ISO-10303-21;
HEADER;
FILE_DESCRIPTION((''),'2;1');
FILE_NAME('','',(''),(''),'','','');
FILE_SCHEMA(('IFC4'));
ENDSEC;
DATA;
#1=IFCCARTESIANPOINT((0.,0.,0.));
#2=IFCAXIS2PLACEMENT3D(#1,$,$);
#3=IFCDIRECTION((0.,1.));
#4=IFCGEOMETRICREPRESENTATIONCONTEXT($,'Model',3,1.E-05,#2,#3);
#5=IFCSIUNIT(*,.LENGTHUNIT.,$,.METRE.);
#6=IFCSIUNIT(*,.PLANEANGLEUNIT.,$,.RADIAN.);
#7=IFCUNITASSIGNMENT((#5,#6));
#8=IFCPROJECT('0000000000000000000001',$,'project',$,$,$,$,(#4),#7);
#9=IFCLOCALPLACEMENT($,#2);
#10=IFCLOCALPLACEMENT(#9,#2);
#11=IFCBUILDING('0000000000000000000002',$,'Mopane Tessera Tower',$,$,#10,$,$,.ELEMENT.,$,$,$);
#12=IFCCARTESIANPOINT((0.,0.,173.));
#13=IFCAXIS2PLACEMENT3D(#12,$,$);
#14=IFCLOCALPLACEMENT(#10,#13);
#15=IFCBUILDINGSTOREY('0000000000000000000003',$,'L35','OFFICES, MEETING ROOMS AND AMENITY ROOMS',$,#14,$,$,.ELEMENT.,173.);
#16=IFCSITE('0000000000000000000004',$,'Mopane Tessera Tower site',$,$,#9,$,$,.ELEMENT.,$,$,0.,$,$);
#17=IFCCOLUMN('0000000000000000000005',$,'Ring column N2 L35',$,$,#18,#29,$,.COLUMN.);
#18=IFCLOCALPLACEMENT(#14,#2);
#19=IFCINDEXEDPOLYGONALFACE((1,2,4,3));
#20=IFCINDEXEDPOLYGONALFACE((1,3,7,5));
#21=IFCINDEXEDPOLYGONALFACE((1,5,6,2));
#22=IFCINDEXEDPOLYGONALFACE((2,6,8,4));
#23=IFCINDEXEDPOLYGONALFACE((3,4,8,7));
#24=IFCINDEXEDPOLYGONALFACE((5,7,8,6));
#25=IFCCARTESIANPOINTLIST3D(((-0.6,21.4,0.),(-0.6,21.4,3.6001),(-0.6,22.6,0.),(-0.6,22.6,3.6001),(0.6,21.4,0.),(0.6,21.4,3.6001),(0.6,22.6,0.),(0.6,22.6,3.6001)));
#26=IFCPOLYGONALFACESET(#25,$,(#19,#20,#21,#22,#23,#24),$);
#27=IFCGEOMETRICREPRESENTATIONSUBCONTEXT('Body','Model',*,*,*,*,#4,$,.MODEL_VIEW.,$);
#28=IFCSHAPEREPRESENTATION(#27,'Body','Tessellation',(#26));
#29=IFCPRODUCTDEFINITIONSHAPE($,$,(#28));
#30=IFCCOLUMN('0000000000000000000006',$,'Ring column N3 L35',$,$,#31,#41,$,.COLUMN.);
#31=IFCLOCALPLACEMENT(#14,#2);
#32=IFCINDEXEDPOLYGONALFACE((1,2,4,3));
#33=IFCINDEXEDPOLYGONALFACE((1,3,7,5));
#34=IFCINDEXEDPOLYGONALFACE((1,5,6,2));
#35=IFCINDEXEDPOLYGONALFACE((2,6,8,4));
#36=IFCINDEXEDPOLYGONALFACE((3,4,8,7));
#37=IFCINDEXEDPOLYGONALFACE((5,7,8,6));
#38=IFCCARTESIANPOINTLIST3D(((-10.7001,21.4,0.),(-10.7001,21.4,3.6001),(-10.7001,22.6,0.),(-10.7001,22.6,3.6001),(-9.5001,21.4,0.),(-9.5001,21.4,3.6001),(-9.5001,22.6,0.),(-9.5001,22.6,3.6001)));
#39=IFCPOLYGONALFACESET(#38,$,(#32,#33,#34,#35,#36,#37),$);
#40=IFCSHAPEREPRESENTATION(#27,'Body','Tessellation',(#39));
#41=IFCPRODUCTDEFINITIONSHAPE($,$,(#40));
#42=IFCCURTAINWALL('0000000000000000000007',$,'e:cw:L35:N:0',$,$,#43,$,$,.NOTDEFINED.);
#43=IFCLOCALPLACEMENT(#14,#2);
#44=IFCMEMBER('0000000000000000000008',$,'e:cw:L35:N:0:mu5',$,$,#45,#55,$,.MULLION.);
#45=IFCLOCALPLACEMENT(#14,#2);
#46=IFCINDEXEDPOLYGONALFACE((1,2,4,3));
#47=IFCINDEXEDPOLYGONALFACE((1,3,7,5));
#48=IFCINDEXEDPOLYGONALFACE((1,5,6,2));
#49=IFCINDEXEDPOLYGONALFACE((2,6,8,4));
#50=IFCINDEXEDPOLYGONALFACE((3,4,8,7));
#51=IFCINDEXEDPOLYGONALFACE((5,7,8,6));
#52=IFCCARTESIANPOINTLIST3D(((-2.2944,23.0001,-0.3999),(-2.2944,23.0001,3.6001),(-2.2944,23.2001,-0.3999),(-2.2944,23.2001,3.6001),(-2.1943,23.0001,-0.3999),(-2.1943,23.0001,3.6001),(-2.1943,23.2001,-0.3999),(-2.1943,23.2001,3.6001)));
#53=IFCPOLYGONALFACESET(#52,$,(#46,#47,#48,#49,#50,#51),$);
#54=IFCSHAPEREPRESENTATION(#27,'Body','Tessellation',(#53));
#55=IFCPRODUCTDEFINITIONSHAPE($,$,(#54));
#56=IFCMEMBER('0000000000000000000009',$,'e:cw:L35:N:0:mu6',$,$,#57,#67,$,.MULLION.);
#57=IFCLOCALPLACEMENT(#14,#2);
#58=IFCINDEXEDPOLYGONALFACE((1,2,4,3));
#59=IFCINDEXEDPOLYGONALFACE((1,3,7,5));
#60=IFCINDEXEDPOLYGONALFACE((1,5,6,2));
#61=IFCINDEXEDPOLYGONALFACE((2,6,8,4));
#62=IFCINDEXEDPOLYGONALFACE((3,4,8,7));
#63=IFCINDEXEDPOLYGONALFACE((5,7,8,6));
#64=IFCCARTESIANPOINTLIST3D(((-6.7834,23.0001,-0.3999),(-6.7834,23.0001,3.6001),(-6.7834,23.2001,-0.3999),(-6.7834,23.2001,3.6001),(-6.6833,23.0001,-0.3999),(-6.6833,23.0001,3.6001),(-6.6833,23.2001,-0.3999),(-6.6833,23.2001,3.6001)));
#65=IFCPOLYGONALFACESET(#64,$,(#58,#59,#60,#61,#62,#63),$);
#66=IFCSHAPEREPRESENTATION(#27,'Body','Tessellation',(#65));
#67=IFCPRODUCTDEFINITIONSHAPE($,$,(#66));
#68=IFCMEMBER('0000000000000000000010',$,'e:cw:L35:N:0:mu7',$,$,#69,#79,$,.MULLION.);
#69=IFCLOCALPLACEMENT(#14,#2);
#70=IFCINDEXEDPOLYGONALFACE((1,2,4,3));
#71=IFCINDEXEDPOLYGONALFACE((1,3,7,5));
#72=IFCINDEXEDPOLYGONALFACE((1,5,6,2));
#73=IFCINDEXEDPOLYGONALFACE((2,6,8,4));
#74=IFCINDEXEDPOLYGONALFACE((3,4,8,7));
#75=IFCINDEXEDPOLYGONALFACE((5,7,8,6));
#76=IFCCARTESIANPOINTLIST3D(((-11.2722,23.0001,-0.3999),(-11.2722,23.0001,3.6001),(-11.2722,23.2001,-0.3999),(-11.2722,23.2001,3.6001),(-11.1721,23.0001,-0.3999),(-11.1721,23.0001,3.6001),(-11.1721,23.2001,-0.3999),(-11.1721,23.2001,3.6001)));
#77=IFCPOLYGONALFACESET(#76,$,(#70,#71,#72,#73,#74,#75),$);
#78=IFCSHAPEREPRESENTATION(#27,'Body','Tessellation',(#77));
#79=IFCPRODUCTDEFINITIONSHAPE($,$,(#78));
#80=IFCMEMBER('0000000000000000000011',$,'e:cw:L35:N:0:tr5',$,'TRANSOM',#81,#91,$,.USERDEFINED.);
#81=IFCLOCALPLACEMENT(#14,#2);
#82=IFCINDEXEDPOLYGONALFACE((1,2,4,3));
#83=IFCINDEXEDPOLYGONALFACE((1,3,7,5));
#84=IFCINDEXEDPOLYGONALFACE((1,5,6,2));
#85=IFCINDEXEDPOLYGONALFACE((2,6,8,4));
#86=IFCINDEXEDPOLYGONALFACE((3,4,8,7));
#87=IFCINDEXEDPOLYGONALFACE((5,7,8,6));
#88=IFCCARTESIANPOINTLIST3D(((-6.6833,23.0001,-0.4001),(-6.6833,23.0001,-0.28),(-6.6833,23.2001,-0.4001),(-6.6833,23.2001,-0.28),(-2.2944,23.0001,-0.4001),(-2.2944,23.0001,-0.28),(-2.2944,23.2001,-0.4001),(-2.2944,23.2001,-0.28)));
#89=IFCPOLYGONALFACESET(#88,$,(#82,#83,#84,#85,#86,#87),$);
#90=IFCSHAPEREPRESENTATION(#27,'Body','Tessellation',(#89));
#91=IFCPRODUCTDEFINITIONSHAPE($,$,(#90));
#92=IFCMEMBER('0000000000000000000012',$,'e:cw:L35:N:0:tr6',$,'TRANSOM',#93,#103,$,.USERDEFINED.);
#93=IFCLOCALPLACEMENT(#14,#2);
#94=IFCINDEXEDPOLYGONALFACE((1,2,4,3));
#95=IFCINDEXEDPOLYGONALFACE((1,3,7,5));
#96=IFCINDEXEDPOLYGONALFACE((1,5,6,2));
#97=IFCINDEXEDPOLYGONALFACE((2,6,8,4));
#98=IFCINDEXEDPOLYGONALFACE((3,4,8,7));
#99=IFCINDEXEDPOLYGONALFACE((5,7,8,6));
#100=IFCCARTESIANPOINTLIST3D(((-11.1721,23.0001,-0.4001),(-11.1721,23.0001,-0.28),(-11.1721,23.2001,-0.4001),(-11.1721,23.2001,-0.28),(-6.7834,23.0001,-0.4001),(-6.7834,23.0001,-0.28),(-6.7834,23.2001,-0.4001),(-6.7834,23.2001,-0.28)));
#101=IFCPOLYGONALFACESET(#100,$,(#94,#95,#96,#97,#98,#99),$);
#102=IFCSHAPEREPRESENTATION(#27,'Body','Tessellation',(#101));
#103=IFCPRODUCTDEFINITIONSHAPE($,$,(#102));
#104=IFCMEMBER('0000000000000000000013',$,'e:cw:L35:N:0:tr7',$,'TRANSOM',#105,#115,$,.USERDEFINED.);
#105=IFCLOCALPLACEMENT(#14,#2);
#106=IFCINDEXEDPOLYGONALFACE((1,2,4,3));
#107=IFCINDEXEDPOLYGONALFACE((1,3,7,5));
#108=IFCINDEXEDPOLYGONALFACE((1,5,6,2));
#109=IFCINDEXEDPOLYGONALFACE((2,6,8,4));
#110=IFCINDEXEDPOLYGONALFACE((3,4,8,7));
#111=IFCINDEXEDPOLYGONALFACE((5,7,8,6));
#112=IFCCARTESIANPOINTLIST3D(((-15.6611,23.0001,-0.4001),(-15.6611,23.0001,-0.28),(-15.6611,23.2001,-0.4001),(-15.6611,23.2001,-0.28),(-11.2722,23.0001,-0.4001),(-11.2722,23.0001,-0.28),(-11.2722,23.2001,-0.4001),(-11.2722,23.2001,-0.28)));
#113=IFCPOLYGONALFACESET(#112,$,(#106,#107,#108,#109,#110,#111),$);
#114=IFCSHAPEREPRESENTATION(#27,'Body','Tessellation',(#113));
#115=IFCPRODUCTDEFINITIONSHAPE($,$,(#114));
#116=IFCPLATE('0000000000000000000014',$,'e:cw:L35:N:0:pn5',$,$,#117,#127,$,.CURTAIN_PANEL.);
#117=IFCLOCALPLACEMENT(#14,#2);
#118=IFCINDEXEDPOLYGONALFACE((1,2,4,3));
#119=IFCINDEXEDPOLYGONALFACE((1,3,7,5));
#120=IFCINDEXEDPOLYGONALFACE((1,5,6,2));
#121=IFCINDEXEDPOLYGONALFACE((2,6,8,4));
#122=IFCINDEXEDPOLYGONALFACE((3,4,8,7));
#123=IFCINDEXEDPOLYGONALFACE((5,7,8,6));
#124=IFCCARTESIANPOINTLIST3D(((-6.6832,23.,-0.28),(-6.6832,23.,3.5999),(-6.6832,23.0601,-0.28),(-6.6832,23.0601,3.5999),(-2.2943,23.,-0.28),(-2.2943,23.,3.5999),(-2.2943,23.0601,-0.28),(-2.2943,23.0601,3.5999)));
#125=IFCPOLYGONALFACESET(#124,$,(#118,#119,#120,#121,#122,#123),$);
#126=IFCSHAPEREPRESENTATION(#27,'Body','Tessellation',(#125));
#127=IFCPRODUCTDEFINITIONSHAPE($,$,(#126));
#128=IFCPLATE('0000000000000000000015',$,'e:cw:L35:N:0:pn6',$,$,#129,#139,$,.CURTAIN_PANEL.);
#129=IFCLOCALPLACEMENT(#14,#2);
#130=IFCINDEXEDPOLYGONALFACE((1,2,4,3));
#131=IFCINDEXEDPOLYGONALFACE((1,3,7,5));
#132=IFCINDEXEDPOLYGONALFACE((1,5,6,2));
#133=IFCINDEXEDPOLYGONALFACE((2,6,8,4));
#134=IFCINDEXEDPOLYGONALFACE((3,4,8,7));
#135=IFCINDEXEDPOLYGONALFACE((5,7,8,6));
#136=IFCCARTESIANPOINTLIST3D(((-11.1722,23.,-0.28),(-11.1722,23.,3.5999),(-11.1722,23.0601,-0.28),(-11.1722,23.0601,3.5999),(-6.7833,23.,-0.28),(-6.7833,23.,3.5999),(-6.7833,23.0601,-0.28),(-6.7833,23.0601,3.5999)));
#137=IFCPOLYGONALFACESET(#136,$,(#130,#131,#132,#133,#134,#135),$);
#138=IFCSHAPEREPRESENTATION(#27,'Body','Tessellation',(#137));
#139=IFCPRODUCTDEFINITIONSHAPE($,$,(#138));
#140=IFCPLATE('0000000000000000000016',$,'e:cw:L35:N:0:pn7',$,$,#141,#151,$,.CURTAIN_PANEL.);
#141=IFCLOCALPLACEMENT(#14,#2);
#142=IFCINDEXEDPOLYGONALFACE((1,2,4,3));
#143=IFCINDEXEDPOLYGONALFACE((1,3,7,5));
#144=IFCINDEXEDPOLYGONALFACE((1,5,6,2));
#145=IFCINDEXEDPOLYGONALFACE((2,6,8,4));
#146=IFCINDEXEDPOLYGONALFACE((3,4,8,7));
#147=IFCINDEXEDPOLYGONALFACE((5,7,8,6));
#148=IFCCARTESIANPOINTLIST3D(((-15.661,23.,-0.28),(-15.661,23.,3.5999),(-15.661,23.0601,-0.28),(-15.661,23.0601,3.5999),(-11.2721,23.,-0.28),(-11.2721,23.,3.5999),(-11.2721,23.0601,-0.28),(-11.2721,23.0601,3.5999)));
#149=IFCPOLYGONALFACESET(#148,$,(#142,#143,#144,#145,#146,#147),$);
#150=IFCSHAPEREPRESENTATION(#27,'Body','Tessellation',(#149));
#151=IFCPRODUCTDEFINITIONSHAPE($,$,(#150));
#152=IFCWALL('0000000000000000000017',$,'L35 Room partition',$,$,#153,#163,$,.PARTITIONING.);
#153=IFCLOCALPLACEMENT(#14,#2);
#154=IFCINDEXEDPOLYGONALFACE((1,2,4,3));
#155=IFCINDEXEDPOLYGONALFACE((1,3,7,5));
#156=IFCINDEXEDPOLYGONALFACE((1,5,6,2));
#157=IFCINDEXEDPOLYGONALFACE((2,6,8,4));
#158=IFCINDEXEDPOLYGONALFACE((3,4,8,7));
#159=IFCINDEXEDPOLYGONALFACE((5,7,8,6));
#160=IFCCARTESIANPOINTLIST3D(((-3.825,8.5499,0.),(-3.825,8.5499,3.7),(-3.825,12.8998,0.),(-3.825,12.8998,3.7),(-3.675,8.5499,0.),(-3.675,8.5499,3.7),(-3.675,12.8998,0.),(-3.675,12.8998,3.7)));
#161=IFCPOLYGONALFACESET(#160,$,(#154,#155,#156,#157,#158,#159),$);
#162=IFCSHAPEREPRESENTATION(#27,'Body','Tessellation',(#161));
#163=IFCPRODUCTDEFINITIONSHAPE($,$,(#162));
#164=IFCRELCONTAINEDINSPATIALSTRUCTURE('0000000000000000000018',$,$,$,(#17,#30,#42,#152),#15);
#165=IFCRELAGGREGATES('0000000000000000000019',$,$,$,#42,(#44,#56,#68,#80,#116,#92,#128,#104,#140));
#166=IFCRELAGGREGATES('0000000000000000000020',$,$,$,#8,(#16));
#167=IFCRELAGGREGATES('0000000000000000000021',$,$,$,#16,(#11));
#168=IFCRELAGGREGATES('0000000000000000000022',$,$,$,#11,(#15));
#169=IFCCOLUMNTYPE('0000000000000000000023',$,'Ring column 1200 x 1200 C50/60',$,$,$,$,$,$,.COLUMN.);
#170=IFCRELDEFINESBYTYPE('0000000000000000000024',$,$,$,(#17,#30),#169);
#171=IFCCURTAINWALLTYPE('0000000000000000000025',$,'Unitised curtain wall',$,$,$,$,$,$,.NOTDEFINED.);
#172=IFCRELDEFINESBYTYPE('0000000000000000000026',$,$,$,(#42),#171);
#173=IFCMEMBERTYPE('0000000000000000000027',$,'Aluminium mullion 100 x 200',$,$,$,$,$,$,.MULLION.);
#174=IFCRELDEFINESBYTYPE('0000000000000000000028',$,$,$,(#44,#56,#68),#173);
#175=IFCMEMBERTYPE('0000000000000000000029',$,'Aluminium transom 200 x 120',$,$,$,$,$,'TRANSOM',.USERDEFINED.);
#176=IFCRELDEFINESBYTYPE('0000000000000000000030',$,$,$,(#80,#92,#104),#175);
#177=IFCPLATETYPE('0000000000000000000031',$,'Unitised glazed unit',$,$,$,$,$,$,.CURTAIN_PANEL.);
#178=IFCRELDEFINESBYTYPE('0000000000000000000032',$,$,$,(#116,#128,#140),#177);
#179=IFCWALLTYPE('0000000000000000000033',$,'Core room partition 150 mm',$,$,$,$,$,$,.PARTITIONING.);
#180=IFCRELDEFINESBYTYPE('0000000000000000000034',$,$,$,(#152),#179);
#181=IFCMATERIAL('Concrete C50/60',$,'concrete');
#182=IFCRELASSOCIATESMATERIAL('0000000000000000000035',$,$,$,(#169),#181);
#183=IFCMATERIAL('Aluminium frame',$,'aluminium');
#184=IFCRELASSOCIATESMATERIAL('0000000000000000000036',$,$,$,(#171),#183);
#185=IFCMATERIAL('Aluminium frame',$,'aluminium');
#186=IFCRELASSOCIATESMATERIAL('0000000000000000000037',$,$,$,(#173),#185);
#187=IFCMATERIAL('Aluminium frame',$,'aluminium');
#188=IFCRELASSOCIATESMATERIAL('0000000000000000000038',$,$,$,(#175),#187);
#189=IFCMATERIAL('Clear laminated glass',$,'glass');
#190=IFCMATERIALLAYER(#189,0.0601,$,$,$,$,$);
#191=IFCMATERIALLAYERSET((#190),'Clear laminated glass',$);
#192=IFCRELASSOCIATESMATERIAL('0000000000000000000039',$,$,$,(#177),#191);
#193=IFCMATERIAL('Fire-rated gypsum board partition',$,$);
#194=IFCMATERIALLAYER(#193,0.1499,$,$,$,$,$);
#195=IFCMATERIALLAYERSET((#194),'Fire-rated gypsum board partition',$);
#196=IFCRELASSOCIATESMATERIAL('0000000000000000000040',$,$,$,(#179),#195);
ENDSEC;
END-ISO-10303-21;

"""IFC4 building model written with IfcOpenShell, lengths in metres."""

from ifc_helpers import new_model, si_unit, direction, frame, frame_2d, origin, origin_2d, place, context, subcontext, project, spatial, rectangle, extrude, material, layer, layer_set, material_profile, profile_set, type_object, element, aggregate, save


model = new_model("IFC4")

# Units and contexts
model_context = context("Model", 3, precision=1e-05, world=origin(), true_north=direction((0.0, 1.0)))
body_context = subcontext(model_context, "Body", "Model", "MODEL_VIEW")
ifc_project = project(units=[si_unit("LENGTHUNIT", "METRE"), si_unit("PLANEANGLEUNIT", "RADIAN")], contexts=[model_context])

# Site, building, storey
site_placement = place(None, origin())
site = spatial("IfcSite", under=ifc_project, at=site_placement, Name="Mopane Tessera Tower site", CompositionType="ELEMENT", RefElevation=0.0)
building_placement = place(site_placement, origin())
building = spatial("IfcBuilding", under=site, at=building_placement, Name="Mopane Tessera Tower", CompositionType="ELEMENT")
storey_placement = place(building_placement, frame((0.0, 0.0, 173.0)))
storey = spatial("IfcBuildingStorey", under=building, at=storey_placement, Name="L35", Description="OFFICES, MEETING ROOMS AND AMENITY ROOMS", CompositionType="ELEMENT", Elevation=173.0)

# Columns
ifc_material_1 = material(Name="Concrete C50/60", Category="concrete")
ifc_material_profile_1 = material_profile(ifc_material_1, rectangle(XDim=1.2, YDim=1.2, at=origin_2d()))
ifc_profile_set_1 = profile_set([ifc_material_profile_1], Name="Concrete C50/60")
column_type = type_object("IfcColumnType", Name="Ring column 1200 x 1200 C50/60", PredefinedType="COLUMN", material=ifc_profile_set_1)
for number, where, z_axis, x_axis, name in (
    (1, (0.0, 22.0, 0.0), (0.0, 0.0, 1.0), (1.0, 0.0, 0.0), "Ring column N2 L35"),
    (2, (-10.1001, 22.0, 0.0), (0.0, 0.0, 1.0), (1.0, 0.0, 0.0), "Ring column N3 L35"),
):
    element("IfcColumn", number, at=place(storey_placement, frame(where, z_axis=z_axis, x_axis=x_axis)), inside=storey, type_object=column_type, Name=name, PredefinedType="COLUMN", context=body_context, shape_type="SweptSolid", body=[
        extrude(rectangle(XDim=1.2, YDim=1.2, at=origin_2d()), origin(), (0.0, 0.0, 1.0), 3.6001),
    ])

# Curtain wall, members, plates
ifc_material_2 = material(Name="Aluminium frame", Category="aluminium")
curtain_wall_type = type_object("IfcCurtainWallType", Name="Unitised curtain wall", PredefinedType="NOTDEFINED", material=ifc_material_2)
curtain_wall_placement = place(storey_placement, origin())
curtain_wall = element("IfcCurtainWall", 3, at=curtain_wall_placement, inside=storey, type_object=curtain_wall_type, Name="e:cw:L35:N:0", PredefinedType="NOTDEFINED")
ifc_material_3 = material(Name="Aluminium frame", Category="aluminium")
ifc_material_profile_2 = material_profile(ifc_material_3, rectangle(XDim=0.1001, YDim=0.2, at=origin_2d()))
ifc_profile_set_2 = profile_set([ifc_material_profile_2], Name="Aluminium frame")
member_type_1 = type_object("IfcMemberType", Name="Aluminium mullion 100 x 200", PredefinedType="MULLION", material=ifc_profile_set_2)
member_1_placement = place(storey_placement, frame((-2.2444, 23.1001, -0.3999), z_axis=(0.0, 0.0, 1.0), x_axis=(-1.0, 0.0, 0.0)))
member_1 = element("IfcMember", 4, at=member_1_placement, type_object=member_type_1, Name="e:cw:L35:N:0:mu5", PredefinedType="MULLION", context=body_context, shape_type="SweptSolid", body=[
    extrude(rectangle(XDim=0.1001, YDim=0.2, at=origin_2d()), origin(), (0.0, 0.0, 1.0), 4.0),
])
member_2_placement = place(storey_placement, frame((-6.7334, 23.1001, -0.3999), z_axis=(0.0, 0.0, 1.0), x_axis=(-1.0, 0.0, 0.0)))
member_2 = element("IfcMember", 5, at=member_2_placement, type_object=member_type_1, Name="e:cw:L35:N:0:mu6", PredefinedType="MULLION", context=body_context, shape_type="SweptSolid", body=[
    extrude(rectangle(XDim=0.1001, YDim=0.2, at=origin_2d()), origin(), (0.0, 0.0, 1.0), 4.0),
])
member_3_placement = place(storey_placement, frame((-11.2222, 23.1001, -0.3999), z_axis=(0.0, 0.0, 1.0), x_axis=(-1.0, 0.0, 0.0)))
member_3 = element("IfcMember", 6, at=member_3_placement, type_object=member_type_1, Name="e:cw:L35:N:0:mu7", PredefinedType="MULLION", context=body_context, shape_type="SweptSolid", body=[
    extrude(rectangle(XDim=0.1001, YDim=0.2, at=origin_2d()), origin(), (0.0, 0.0, 1.0), 4.0),
])
ifc_material_4 = material(Name="Aluminium frame", Category="aluminium")
ifc_material_profile_3 = material_profile(ifc_material_4, rectangle(XDim=0.2, YDim=0.1201, at=origin_2d()))
ifc_profile_set_3 = profile_set([ifc_material_profile_3], Name="Aluminium frame")
member_type_2 = type_object("IfcMemberType", Name="Aluminium transom 200 x 120", ElementType="TRANSOM", PredefinedType="USERDEFINED", material=ifc_profile_set_3)
member_4_placement = place(storey_placement, frame((-2.2944, 23.1001, -0.3401), z_axis=(-1.0, 0.0, 0.0), x_axis=(0.0, -1.0, 0.0)))
member_4 = element("IfcMember", 7, at=member_4_placement, type_object=member_type_2, Name="e:cw:L35:N:0:tr5", ObjectType="TRANSOM", PredefinedType="USERDEFINED", context=body_context, shape_type="SweptSolid", body=[
    extrude(rectangle(XDim=0.2, YDim=0.1201, at=origin_2d()), origin(), (0.0, 0.0, 1.0), 4.3889),
])
member_5_placement = place(storey_placement, frame((-6.7834, 23.1001, -0.3401), z_axis=(-1.0, 0.0, 0.0), x_axis=(0.0, -1.0, 0.0)))
member_5 = element("IfcMember", 8, at=member_5_placement, type_object=member_type_2, Name="e:cw:L35:N:0:tr6", ObjectType="TRANSOM", PredefinedType="USERDEFINED", context=body_context, shape_type="SweptSolid", body=[
    extrude(rectangle(XDim=0.2, YDim=0.1201, at=origin_2d()), origin(), (0.0, 0.0, 1.0), 4.3887),
])
member_6_placement = place(storey_placement, frame((-11.2722, 23.1001, -0.3401), z_axis=(-1.0, 0.0, 0.0), x_axis=(0.0, -1.0, 0.0)))
member_6 = element("IfcMember", 9, at=member_6_placement, type_object=member_type_2, Name="e:cw:L35:N:0:tr7", ObjectType="TRANSOM", PredefinedType="USERDEFINED", context=body_context, shape_type="SweptSolid", body=[
    extrude(rectangle(XDim=0.2, YDim=0.1201, at=origin_2d()), origin(), (0.0, 0.0, 1.0), 4.3889),
])
ifc_material_5 = material(Name="Clear laminated glass", Category="glass")
ifc_layer_1 = layer(ifc_material_5, 0.0601)
ifc_layer_set_1 = layer_set([ifc_layer_1], Name="Clear laminated glass")
plate_type = type_object("IfcPlateType", Name="Unitised glazed unit", PredefinedType="CURTAIN_PANEL", material=ifc_layer_set_1)
plate_1_placement = place(storey_placement, frame((-4.4888, 23.03, -0.28), z_axis=(0.0, 0.0, 1.0), x_axis=(-1.0, 0.0, 0.0)))
plate_1 = element("IfcPlate", 10, at=plate_1_placement, type_object=plate_type, Name="e:cw:L35:N:0:pn5", PredefinedType="CURTAIN_PANEL", context=body_context, shape_type="SweptSolid", body=[
    extrude(rectangle(XDim=4.3889, YDim=0.0601, at=origin_2d()), origin(), (0.0, 0.0, 1.0), 3.8799),
])
plate_2_placement = place(storey_placement, frame((-8.9778, 23.03, -0.28), z_axis=(0.0, 0.0, 1.0), x_axis=(-1.0, 0.0, 0.0)))
plate_2 = element("IfcPlate", 11, at=plate_2_placement, type_object=plate_type, Name="e:cw:L35:N:0:pn6", PredefinedType="CURTAIN_PANEL", context=body_context, shape_type="SweptSolid", body=[
    extrude(rectangle(XDim=4.3889, YDim=0.0601, at=origin_2d()), origin(), (0.0, 0.0, 1.0), 3.8799),
])
plate_3_placement = place(storey_placement, frame((-13.4666, 23.03, -0.28), z_axis=(0.0, 0.0, 1.0), x_axis=(-1.0, 0.0, 0.0)))
plate_3 = element("IfcPlate", 12, at=plate_3_placement, type_object=plate_type, Name="e:cw:L35:N:0:pn7", PredefinedType="CURTAIN_PANEL", context=body_context, shape_type="SweptSolid", body=[
    extrude(rectangle(XDim=4.3889, YDim=0.0601, at=origin_2d()), origin(), (0.0, 0.0, 1.0), 3.8799),
])
aggregate(curtain_wall, [member_1, member_2, member_3, member_4, plate_1, member_5, plate_2, member_6, plate_3])

# Wall
ifc_material_6 = material(Name="Fire-rated gypsum board partition")
ifc_layer_2 = layer(ifc_material_6, 0.1499)
ifc_layer_set_2 = layer_set([ifc_layer_2], Name="Fire-rated gypsum board partition")
wall_type_1 = type_object("IfcWallType", Name="Core room partition 150 mm", PredefinedType="PARTITIONING", material=ifc_layer_set_2)
wall_1_placement = place(storey_placement, frame((-3.75, 8.55, 0.0), z_axis=(0.0, 0.0, 1.0), x_axis=(0.0, 1.0, 0.0)))
element("IfcWall", 13, at=wall_1_placement, inside=storey, type_object=wall_type_1, Name="L35 Room partition", PredefinedType="PARTITIONING", context=body_context, shape_type="SweptSolid", body=[
    extrude(rectangle(XDim=4.3499, YDim=0.1499, at=frame_2d((2.1748, 0.0))), origin(), (0.0, 0.0, 1.0), 3.7),
])

save(model, "model.ifc")
